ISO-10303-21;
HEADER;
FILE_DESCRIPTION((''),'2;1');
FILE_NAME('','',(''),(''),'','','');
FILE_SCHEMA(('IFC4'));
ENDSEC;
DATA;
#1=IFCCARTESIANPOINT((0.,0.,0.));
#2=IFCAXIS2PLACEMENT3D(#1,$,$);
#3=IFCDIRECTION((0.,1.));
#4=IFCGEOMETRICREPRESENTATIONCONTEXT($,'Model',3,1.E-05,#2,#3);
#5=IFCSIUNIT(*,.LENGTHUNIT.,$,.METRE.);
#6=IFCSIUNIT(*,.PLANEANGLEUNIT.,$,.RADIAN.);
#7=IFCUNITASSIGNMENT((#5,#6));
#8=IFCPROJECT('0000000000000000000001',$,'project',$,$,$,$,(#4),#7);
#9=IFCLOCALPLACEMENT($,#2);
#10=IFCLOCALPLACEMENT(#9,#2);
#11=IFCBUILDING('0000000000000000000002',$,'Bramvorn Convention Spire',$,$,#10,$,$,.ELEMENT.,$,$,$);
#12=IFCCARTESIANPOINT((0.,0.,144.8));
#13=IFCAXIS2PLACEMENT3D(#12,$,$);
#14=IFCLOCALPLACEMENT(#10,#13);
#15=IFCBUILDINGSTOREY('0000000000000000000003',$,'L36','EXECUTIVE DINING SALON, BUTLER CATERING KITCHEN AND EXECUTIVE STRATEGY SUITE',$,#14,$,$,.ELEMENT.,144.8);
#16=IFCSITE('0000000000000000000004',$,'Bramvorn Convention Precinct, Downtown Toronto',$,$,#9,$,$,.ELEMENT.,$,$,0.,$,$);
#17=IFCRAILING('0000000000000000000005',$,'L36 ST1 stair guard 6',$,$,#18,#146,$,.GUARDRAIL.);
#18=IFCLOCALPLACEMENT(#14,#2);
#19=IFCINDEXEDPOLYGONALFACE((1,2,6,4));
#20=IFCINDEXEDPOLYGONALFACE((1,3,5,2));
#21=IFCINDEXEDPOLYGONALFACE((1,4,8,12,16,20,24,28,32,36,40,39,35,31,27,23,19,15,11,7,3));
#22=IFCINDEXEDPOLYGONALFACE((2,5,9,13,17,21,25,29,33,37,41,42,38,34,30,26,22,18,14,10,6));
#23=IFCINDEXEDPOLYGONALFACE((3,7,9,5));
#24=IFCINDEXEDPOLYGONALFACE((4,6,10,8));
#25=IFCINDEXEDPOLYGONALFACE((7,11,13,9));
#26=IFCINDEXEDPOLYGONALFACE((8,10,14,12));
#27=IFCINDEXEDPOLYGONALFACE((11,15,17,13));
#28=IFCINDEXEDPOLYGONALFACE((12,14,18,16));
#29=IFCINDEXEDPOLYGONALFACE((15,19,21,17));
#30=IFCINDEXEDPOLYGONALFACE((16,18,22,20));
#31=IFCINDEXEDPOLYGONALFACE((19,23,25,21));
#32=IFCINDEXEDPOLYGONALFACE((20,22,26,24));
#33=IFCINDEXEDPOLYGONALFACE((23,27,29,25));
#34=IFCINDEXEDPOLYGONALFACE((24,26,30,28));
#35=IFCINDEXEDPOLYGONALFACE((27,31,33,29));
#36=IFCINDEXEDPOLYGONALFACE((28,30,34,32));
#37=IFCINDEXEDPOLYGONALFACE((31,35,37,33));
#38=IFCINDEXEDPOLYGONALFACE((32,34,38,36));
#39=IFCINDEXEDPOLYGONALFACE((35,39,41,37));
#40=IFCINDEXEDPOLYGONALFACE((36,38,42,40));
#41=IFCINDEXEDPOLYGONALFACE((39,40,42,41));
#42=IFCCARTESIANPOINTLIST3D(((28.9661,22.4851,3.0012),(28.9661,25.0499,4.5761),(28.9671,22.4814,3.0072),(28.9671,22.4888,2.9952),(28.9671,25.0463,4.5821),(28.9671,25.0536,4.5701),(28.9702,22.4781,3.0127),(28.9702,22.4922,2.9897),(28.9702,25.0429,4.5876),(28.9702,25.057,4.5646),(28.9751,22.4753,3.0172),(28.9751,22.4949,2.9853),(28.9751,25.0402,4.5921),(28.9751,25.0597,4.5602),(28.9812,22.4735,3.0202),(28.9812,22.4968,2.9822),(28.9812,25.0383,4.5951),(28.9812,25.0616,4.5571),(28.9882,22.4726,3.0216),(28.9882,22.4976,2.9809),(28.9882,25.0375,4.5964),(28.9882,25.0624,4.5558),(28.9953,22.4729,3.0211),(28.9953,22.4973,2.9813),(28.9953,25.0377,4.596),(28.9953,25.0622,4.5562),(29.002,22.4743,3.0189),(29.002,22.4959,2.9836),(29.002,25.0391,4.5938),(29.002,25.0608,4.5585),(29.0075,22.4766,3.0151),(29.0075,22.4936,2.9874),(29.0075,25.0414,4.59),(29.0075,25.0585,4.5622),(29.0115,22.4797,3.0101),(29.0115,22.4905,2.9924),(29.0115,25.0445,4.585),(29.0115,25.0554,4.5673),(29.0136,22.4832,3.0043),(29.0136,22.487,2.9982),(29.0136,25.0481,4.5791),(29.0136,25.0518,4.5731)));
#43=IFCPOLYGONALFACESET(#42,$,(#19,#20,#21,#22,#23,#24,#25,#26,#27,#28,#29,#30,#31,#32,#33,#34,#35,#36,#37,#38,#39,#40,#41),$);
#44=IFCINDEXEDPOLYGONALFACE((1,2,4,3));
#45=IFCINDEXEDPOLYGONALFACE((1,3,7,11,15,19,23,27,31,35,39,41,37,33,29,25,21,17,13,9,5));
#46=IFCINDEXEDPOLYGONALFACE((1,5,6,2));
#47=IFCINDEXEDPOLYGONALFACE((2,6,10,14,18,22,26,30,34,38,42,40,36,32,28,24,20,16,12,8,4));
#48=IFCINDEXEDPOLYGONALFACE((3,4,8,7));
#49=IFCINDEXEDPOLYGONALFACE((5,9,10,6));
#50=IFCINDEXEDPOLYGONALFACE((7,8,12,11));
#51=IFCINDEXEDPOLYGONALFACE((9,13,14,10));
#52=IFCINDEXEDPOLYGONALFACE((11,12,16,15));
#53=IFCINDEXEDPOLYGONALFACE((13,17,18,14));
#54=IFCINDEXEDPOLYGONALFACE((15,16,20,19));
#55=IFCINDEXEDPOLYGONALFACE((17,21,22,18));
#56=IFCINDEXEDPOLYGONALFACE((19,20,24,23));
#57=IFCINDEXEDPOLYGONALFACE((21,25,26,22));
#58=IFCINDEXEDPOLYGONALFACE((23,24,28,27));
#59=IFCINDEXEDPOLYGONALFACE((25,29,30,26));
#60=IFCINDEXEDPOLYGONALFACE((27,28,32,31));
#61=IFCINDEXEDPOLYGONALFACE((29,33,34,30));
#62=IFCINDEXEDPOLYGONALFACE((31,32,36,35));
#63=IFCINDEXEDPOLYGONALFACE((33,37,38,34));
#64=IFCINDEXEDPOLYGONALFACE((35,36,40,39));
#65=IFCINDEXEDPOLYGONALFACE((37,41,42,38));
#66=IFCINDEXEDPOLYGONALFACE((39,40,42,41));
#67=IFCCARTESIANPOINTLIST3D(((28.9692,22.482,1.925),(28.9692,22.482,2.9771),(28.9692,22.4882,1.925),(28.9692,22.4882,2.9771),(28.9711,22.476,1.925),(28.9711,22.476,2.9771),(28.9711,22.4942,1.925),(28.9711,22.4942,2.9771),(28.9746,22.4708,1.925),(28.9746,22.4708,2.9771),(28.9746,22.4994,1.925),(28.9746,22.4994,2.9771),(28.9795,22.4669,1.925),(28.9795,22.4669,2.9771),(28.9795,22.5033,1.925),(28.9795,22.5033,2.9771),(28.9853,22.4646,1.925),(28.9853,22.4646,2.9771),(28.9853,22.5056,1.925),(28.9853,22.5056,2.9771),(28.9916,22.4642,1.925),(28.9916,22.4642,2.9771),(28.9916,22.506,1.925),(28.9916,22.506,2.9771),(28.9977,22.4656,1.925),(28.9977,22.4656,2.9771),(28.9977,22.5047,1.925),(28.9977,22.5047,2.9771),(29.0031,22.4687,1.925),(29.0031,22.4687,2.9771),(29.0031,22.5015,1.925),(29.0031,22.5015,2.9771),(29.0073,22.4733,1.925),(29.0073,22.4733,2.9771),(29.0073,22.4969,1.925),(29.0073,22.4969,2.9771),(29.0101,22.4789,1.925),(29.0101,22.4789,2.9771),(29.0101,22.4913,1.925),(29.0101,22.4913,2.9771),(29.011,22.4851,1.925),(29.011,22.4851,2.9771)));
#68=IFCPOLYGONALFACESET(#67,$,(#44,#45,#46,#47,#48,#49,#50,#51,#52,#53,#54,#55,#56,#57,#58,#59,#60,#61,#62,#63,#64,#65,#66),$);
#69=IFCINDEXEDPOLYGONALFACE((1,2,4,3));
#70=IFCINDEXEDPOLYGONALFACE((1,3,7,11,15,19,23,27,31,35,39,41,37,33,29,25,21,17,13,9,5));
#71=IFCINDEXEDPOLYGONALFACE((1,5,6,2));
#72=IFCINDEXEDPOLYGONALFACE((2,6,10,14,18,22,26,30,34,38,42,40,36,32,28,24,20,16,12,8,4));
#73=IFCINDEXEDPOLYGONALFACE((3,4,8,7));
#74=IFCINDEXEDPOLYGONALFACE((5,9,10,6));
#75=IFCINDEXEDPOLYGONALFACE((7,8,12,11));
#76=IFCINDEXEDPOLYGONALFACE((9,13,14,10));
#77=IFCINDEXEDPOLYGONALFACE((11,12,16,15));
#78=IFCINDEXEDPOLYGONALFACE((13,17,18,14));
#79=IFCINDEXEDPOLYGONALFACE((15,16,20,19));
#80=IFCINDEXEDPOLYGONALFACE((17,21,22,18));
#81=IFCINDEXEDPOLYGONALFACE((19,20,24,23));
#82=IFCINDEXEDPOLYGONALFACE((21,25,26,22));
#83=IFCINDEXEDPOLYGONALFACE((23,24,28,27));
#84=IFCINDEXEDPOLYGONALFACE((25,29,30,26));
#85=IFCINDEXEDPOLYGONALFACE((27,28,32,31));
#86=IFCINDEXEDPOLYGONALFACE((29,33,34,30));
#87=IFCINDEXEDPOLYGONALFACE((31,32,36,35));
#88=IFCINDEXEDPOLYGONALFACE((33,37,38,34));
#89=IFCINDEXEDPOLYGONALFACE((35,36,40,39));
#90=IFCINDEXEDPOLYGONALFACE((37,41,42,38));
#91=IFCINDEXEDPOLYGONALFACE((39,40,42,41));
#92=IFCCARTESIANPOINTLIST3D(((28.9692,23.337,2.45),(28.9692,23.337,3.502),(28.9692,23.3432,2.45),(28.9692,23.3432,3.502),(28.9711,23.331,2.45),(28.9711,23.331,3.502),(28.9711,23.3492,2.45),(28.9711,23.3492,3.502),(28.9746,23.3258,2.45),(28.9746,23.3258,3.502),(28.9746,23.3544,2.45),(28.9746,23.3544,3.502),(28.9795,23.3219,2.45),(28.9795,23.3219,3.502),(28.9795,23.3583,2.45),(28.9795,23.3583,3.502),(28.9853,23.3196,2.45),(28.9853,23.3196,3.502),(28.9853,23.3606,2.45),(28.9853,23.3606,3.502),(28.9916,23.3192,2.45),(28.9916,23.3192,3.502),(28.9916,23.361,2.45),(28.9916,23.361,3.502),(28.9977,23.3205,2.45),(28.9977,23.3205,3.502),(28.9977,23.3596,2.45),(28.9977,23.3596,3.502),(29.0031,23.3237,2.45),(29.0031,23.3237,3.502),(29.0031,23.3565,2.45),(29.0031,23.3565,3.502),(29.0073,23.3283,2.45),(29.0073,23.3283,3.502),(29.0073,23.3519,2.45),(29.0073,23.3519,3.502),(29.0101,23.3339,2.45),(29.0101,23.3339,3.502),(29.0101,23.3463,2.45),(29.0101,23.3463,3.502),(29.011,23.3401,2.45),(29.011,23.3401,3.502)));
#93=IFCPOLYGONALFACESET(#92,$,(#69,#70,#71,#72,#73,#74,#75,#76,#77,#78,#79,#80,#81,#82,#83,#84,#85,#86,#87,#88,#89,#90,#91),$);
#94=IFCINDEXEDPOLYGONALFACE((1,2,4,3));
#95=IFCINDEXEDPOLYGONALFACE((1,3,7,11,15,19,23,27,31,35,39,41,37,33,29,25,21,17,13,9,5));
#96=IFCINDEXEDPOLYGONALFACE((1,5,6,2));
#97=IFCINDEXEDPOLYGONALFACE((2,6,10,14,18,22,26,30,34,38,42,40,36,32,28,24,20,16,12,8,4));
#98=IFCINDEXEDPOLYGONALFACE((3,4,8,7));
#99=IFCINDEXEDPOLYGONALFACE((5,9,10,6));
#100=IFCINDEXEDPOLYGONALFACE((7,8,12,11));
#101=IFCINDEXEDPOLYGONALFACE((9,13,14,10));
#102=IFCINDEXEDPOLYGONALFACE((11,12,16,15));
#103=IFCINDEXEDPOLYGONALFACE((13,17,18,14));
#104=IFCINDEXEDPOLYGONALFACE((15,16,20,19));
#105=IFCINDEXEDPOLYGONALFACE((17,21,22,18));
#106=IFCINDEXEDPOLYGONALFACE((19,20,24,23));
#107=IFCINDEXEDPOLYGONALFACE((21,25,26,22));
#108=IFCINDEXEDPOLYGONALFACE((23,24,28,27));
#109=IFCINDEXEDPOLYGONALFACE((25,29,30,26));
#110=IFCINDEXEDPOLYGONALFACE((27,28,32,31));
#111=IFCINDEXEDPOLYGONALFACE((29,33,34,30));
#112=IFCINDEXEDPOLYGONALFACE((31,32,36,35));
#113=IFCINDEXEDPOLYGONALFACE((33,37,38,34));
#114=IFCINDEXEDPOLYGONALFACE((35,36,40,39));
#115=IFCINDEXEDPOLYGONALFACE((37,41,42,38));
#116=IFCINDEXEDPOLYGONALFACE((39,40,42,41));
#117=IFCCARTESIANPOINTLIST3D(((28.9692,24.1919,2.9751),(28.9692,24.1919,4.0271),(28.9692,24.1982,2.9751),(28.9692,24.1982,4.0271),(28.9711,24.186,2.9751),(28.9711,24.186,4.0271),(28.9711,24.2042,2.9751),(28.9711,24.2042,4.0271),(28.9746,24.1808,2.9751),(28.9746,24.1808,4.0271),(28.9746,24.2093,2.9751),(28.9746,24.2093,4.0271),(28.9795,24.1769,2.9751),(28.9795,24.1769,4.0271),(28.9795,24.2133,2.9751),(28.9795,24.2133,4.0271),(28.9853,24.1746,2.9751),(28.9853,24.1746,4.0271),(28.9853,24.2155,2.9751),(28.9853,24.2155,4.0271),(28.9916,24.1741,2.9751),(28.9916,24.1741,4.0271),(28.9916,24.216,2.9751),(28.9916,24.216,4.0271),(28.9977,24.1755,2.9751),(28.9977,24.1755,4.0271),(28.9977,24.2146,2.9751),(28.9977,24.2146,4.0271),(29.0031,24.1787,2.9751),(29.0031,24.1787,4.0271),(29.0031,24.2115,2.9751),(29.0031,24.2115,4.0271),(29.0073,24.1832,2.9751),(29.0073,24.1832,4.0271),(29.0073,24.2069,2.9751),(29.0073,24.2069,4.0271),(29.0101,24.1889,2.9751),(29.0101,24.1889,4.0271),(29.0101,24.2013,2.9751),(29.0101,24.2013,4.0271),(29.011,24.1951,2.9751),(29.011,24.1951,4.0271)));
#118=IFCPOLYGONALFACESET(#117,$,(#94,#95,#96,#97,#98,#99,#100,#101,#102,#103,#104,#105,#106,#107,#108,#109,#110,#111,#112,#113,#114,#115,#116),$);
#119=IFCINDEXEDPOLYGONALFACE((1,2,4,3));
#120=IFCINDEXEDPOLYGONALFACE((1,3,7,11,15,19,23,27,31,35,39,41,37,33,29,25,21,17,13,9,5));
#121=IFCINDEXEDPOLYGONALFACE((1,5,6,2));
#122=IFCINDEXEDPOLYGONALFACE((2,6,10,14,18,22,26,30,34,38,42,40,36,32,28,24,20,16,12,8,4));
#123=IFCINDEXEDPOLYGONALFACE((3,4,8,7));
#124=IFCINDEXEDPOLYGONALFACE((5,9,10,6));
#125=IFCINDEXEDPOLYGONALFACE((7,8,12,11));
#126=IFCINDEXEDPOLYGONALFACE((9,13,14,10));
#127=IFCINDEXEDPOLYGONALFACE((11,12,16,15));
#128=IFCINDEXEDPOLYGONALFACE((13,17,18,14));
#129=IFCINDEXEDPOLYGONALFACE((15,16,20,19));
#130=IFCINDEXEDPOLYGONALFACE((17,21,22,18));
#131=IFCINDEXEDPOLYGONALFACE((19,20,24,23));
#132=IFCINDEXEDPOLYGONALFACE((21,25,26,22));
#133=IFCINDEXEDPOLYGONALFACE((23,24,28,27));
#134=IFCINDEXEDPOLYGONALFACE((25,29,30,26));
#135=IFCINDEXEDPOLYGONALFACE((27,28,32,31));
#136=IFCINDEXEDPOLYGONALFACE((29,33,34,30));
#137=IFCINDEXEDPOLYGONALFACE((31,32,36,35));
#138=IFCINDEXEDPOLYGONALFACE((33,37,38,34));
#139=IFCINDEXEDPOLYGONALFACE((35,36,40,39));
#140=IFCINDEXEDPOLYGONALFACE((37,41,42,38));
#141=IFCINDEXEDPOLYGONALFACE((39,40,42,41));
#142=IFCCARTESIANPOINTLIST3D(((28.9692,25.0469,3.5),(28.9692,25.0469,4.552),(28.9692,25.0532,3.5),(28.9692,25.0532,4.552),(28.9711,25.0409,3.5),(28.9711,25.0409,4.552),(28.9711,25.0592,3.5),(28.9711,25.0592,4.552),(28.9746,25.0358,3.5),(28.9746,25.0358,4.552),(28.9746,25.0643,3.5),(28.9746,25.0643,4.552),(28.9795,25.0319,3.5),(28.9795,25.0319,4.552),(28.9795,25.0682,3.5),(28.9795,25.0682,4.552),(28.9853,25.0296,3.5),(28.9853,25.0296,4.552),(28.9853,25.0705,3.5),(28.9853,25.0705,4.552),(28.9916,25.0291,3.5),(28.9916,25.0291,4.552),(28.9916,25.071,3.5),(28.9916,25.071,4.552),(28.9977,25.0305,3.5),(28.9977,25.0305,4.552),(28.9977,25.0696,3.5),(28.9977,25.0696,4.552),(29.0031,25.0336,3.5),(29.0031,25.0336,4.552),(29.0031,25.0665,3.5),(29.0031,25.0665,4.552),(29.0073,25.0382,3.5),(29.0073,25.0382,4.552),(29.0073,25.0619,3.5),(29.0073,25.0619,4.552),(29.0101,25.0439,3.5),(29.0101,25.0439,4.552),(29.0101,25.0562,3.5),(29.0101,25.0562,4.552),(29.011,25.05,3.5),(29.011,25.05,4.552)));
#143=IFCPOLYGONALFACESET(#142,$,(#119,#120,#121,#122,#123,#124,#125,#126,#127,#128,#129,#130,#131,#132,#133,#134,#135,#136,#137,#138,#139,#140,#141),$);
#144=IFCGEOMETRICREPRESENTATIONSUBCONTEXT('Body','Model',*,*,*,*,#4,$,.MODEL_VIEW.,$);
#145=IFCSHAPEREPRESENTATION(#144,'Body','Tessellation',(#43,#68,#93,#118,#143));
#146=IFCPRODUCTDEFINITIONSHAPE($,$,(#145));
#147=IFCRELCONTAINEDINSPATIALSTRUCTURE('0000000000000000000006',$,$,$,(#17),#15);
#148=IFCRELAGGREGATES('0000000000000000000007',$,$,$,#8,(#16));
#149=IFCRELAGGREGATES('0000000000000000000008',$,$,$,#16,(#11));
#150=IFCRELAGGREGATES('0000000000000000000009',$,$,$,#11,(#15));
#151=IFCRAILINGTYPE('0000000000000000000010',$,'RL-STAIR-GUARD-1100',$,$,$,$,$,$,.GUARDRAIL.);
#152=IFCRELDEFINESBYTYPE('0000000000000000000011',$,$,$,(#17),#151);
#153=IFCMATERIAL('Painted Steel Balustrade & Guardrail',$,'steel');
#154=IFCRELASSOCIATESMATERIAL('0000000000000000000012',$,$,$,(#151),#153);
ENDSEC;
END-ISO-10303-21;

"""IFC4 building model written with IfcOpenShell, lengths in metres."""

from ifc_helpers import new_model, si_unit, direction, frame, origin, origin_2d, place, context, subcontext, project, spatial, circle, extrude, material, type_object, element, save


model = new_model("IFC4")

# Units and contexts
model_context = context("Model", 3, precision=1e-05, world=origin(), true_north=direction((0.0, 1.0)))
body_context = subcontext(model_context, "Body", "Model", "MODEL_VIEW")
ifc_project = project(units=[si_unit("LENGTHUNIT", "METRE"), si_unit("PLANEANGLEUNIT", "RADIAN")], contexts=[model_context])

# Site, building, storey
site_placement = place(None, origin())
site = spatial("IfcSite", under=ifc_project, at=site_placement, Name="Bramvorn Convention Precinct, Downtown Toronto", CompositionType="ELEMENT", RefElevation=0.0)
building_placement = place(site_placement, origin())
building = spatial("IfcBuilding", under=site, at=building_placement, Name="Bramvorn Convention Spire", CompositionType="ELEMENT")
storey_placement = place(building_placement, frame((0.0, 0.0, 144.8)))
storey = spatial("IfcBuildingStorey", under=building, at=storey_placement, Name="L36", Description="EXECUTIVE DINING SALON, BUTLER CATERING KITCHEN AND EXECUTIVE STRATEGY SUITE", CompositionType="ELEMENT", Elevation=144.8)

# Railing
ifc_material_1 = material(Name="Painted Steel Balustrade & Guardrail", Category="steel")
railing_type_1 = type_object("IfcRailingType", Name="RL-STAIR-GUARD-1100", PredefinedType="GUARDRAIL", material=ifc_material_1)
railing_1_placement = place(storey_placement, frame((28.99, 22.4851, 1.925)))
element("IfcRailing", 1, at=railing_1_placement, inside=storey, type_object=railing_type_1, Name="L36 ST1 stair guard 6", PredefinedType="GUARDRAIL", context=body_context, shape_type="SweptSolid", body=[
    extrude(circle(Radius=0.0239, at=origin_2d()), frame((0.0, 0.0, 1.0762), z_axis=(0.0, 0.852173, 0.52326), x_axis=(-1.0, 0.0, 0.0)), (0.0, 0.0, 1.0), 3.0098),
    extrude(circle(Radius=0.021, at=origin_2d()), origin(), (0.0, 0.0, 1.0), 1.052),
    extrude(circle(Radius=0.021, at=origin_2d()), frame((0.0, 0.855, 0.5249)), (0.0, 0.0, 1.0), 1.052),
    extrude(circle(Radius=0.021, at=origin_2d()), frame((0.0, 1.71, 1.05)), (0.0, 0.0, 1.0), 1.052),
    extrude(circle(Radius=0.021, at=origin_2d()), frame((0.0, 2.5649, 1.575)), (0.0, 0.0, 1.0), 1.052),
])

save(model, "model.ifc")
